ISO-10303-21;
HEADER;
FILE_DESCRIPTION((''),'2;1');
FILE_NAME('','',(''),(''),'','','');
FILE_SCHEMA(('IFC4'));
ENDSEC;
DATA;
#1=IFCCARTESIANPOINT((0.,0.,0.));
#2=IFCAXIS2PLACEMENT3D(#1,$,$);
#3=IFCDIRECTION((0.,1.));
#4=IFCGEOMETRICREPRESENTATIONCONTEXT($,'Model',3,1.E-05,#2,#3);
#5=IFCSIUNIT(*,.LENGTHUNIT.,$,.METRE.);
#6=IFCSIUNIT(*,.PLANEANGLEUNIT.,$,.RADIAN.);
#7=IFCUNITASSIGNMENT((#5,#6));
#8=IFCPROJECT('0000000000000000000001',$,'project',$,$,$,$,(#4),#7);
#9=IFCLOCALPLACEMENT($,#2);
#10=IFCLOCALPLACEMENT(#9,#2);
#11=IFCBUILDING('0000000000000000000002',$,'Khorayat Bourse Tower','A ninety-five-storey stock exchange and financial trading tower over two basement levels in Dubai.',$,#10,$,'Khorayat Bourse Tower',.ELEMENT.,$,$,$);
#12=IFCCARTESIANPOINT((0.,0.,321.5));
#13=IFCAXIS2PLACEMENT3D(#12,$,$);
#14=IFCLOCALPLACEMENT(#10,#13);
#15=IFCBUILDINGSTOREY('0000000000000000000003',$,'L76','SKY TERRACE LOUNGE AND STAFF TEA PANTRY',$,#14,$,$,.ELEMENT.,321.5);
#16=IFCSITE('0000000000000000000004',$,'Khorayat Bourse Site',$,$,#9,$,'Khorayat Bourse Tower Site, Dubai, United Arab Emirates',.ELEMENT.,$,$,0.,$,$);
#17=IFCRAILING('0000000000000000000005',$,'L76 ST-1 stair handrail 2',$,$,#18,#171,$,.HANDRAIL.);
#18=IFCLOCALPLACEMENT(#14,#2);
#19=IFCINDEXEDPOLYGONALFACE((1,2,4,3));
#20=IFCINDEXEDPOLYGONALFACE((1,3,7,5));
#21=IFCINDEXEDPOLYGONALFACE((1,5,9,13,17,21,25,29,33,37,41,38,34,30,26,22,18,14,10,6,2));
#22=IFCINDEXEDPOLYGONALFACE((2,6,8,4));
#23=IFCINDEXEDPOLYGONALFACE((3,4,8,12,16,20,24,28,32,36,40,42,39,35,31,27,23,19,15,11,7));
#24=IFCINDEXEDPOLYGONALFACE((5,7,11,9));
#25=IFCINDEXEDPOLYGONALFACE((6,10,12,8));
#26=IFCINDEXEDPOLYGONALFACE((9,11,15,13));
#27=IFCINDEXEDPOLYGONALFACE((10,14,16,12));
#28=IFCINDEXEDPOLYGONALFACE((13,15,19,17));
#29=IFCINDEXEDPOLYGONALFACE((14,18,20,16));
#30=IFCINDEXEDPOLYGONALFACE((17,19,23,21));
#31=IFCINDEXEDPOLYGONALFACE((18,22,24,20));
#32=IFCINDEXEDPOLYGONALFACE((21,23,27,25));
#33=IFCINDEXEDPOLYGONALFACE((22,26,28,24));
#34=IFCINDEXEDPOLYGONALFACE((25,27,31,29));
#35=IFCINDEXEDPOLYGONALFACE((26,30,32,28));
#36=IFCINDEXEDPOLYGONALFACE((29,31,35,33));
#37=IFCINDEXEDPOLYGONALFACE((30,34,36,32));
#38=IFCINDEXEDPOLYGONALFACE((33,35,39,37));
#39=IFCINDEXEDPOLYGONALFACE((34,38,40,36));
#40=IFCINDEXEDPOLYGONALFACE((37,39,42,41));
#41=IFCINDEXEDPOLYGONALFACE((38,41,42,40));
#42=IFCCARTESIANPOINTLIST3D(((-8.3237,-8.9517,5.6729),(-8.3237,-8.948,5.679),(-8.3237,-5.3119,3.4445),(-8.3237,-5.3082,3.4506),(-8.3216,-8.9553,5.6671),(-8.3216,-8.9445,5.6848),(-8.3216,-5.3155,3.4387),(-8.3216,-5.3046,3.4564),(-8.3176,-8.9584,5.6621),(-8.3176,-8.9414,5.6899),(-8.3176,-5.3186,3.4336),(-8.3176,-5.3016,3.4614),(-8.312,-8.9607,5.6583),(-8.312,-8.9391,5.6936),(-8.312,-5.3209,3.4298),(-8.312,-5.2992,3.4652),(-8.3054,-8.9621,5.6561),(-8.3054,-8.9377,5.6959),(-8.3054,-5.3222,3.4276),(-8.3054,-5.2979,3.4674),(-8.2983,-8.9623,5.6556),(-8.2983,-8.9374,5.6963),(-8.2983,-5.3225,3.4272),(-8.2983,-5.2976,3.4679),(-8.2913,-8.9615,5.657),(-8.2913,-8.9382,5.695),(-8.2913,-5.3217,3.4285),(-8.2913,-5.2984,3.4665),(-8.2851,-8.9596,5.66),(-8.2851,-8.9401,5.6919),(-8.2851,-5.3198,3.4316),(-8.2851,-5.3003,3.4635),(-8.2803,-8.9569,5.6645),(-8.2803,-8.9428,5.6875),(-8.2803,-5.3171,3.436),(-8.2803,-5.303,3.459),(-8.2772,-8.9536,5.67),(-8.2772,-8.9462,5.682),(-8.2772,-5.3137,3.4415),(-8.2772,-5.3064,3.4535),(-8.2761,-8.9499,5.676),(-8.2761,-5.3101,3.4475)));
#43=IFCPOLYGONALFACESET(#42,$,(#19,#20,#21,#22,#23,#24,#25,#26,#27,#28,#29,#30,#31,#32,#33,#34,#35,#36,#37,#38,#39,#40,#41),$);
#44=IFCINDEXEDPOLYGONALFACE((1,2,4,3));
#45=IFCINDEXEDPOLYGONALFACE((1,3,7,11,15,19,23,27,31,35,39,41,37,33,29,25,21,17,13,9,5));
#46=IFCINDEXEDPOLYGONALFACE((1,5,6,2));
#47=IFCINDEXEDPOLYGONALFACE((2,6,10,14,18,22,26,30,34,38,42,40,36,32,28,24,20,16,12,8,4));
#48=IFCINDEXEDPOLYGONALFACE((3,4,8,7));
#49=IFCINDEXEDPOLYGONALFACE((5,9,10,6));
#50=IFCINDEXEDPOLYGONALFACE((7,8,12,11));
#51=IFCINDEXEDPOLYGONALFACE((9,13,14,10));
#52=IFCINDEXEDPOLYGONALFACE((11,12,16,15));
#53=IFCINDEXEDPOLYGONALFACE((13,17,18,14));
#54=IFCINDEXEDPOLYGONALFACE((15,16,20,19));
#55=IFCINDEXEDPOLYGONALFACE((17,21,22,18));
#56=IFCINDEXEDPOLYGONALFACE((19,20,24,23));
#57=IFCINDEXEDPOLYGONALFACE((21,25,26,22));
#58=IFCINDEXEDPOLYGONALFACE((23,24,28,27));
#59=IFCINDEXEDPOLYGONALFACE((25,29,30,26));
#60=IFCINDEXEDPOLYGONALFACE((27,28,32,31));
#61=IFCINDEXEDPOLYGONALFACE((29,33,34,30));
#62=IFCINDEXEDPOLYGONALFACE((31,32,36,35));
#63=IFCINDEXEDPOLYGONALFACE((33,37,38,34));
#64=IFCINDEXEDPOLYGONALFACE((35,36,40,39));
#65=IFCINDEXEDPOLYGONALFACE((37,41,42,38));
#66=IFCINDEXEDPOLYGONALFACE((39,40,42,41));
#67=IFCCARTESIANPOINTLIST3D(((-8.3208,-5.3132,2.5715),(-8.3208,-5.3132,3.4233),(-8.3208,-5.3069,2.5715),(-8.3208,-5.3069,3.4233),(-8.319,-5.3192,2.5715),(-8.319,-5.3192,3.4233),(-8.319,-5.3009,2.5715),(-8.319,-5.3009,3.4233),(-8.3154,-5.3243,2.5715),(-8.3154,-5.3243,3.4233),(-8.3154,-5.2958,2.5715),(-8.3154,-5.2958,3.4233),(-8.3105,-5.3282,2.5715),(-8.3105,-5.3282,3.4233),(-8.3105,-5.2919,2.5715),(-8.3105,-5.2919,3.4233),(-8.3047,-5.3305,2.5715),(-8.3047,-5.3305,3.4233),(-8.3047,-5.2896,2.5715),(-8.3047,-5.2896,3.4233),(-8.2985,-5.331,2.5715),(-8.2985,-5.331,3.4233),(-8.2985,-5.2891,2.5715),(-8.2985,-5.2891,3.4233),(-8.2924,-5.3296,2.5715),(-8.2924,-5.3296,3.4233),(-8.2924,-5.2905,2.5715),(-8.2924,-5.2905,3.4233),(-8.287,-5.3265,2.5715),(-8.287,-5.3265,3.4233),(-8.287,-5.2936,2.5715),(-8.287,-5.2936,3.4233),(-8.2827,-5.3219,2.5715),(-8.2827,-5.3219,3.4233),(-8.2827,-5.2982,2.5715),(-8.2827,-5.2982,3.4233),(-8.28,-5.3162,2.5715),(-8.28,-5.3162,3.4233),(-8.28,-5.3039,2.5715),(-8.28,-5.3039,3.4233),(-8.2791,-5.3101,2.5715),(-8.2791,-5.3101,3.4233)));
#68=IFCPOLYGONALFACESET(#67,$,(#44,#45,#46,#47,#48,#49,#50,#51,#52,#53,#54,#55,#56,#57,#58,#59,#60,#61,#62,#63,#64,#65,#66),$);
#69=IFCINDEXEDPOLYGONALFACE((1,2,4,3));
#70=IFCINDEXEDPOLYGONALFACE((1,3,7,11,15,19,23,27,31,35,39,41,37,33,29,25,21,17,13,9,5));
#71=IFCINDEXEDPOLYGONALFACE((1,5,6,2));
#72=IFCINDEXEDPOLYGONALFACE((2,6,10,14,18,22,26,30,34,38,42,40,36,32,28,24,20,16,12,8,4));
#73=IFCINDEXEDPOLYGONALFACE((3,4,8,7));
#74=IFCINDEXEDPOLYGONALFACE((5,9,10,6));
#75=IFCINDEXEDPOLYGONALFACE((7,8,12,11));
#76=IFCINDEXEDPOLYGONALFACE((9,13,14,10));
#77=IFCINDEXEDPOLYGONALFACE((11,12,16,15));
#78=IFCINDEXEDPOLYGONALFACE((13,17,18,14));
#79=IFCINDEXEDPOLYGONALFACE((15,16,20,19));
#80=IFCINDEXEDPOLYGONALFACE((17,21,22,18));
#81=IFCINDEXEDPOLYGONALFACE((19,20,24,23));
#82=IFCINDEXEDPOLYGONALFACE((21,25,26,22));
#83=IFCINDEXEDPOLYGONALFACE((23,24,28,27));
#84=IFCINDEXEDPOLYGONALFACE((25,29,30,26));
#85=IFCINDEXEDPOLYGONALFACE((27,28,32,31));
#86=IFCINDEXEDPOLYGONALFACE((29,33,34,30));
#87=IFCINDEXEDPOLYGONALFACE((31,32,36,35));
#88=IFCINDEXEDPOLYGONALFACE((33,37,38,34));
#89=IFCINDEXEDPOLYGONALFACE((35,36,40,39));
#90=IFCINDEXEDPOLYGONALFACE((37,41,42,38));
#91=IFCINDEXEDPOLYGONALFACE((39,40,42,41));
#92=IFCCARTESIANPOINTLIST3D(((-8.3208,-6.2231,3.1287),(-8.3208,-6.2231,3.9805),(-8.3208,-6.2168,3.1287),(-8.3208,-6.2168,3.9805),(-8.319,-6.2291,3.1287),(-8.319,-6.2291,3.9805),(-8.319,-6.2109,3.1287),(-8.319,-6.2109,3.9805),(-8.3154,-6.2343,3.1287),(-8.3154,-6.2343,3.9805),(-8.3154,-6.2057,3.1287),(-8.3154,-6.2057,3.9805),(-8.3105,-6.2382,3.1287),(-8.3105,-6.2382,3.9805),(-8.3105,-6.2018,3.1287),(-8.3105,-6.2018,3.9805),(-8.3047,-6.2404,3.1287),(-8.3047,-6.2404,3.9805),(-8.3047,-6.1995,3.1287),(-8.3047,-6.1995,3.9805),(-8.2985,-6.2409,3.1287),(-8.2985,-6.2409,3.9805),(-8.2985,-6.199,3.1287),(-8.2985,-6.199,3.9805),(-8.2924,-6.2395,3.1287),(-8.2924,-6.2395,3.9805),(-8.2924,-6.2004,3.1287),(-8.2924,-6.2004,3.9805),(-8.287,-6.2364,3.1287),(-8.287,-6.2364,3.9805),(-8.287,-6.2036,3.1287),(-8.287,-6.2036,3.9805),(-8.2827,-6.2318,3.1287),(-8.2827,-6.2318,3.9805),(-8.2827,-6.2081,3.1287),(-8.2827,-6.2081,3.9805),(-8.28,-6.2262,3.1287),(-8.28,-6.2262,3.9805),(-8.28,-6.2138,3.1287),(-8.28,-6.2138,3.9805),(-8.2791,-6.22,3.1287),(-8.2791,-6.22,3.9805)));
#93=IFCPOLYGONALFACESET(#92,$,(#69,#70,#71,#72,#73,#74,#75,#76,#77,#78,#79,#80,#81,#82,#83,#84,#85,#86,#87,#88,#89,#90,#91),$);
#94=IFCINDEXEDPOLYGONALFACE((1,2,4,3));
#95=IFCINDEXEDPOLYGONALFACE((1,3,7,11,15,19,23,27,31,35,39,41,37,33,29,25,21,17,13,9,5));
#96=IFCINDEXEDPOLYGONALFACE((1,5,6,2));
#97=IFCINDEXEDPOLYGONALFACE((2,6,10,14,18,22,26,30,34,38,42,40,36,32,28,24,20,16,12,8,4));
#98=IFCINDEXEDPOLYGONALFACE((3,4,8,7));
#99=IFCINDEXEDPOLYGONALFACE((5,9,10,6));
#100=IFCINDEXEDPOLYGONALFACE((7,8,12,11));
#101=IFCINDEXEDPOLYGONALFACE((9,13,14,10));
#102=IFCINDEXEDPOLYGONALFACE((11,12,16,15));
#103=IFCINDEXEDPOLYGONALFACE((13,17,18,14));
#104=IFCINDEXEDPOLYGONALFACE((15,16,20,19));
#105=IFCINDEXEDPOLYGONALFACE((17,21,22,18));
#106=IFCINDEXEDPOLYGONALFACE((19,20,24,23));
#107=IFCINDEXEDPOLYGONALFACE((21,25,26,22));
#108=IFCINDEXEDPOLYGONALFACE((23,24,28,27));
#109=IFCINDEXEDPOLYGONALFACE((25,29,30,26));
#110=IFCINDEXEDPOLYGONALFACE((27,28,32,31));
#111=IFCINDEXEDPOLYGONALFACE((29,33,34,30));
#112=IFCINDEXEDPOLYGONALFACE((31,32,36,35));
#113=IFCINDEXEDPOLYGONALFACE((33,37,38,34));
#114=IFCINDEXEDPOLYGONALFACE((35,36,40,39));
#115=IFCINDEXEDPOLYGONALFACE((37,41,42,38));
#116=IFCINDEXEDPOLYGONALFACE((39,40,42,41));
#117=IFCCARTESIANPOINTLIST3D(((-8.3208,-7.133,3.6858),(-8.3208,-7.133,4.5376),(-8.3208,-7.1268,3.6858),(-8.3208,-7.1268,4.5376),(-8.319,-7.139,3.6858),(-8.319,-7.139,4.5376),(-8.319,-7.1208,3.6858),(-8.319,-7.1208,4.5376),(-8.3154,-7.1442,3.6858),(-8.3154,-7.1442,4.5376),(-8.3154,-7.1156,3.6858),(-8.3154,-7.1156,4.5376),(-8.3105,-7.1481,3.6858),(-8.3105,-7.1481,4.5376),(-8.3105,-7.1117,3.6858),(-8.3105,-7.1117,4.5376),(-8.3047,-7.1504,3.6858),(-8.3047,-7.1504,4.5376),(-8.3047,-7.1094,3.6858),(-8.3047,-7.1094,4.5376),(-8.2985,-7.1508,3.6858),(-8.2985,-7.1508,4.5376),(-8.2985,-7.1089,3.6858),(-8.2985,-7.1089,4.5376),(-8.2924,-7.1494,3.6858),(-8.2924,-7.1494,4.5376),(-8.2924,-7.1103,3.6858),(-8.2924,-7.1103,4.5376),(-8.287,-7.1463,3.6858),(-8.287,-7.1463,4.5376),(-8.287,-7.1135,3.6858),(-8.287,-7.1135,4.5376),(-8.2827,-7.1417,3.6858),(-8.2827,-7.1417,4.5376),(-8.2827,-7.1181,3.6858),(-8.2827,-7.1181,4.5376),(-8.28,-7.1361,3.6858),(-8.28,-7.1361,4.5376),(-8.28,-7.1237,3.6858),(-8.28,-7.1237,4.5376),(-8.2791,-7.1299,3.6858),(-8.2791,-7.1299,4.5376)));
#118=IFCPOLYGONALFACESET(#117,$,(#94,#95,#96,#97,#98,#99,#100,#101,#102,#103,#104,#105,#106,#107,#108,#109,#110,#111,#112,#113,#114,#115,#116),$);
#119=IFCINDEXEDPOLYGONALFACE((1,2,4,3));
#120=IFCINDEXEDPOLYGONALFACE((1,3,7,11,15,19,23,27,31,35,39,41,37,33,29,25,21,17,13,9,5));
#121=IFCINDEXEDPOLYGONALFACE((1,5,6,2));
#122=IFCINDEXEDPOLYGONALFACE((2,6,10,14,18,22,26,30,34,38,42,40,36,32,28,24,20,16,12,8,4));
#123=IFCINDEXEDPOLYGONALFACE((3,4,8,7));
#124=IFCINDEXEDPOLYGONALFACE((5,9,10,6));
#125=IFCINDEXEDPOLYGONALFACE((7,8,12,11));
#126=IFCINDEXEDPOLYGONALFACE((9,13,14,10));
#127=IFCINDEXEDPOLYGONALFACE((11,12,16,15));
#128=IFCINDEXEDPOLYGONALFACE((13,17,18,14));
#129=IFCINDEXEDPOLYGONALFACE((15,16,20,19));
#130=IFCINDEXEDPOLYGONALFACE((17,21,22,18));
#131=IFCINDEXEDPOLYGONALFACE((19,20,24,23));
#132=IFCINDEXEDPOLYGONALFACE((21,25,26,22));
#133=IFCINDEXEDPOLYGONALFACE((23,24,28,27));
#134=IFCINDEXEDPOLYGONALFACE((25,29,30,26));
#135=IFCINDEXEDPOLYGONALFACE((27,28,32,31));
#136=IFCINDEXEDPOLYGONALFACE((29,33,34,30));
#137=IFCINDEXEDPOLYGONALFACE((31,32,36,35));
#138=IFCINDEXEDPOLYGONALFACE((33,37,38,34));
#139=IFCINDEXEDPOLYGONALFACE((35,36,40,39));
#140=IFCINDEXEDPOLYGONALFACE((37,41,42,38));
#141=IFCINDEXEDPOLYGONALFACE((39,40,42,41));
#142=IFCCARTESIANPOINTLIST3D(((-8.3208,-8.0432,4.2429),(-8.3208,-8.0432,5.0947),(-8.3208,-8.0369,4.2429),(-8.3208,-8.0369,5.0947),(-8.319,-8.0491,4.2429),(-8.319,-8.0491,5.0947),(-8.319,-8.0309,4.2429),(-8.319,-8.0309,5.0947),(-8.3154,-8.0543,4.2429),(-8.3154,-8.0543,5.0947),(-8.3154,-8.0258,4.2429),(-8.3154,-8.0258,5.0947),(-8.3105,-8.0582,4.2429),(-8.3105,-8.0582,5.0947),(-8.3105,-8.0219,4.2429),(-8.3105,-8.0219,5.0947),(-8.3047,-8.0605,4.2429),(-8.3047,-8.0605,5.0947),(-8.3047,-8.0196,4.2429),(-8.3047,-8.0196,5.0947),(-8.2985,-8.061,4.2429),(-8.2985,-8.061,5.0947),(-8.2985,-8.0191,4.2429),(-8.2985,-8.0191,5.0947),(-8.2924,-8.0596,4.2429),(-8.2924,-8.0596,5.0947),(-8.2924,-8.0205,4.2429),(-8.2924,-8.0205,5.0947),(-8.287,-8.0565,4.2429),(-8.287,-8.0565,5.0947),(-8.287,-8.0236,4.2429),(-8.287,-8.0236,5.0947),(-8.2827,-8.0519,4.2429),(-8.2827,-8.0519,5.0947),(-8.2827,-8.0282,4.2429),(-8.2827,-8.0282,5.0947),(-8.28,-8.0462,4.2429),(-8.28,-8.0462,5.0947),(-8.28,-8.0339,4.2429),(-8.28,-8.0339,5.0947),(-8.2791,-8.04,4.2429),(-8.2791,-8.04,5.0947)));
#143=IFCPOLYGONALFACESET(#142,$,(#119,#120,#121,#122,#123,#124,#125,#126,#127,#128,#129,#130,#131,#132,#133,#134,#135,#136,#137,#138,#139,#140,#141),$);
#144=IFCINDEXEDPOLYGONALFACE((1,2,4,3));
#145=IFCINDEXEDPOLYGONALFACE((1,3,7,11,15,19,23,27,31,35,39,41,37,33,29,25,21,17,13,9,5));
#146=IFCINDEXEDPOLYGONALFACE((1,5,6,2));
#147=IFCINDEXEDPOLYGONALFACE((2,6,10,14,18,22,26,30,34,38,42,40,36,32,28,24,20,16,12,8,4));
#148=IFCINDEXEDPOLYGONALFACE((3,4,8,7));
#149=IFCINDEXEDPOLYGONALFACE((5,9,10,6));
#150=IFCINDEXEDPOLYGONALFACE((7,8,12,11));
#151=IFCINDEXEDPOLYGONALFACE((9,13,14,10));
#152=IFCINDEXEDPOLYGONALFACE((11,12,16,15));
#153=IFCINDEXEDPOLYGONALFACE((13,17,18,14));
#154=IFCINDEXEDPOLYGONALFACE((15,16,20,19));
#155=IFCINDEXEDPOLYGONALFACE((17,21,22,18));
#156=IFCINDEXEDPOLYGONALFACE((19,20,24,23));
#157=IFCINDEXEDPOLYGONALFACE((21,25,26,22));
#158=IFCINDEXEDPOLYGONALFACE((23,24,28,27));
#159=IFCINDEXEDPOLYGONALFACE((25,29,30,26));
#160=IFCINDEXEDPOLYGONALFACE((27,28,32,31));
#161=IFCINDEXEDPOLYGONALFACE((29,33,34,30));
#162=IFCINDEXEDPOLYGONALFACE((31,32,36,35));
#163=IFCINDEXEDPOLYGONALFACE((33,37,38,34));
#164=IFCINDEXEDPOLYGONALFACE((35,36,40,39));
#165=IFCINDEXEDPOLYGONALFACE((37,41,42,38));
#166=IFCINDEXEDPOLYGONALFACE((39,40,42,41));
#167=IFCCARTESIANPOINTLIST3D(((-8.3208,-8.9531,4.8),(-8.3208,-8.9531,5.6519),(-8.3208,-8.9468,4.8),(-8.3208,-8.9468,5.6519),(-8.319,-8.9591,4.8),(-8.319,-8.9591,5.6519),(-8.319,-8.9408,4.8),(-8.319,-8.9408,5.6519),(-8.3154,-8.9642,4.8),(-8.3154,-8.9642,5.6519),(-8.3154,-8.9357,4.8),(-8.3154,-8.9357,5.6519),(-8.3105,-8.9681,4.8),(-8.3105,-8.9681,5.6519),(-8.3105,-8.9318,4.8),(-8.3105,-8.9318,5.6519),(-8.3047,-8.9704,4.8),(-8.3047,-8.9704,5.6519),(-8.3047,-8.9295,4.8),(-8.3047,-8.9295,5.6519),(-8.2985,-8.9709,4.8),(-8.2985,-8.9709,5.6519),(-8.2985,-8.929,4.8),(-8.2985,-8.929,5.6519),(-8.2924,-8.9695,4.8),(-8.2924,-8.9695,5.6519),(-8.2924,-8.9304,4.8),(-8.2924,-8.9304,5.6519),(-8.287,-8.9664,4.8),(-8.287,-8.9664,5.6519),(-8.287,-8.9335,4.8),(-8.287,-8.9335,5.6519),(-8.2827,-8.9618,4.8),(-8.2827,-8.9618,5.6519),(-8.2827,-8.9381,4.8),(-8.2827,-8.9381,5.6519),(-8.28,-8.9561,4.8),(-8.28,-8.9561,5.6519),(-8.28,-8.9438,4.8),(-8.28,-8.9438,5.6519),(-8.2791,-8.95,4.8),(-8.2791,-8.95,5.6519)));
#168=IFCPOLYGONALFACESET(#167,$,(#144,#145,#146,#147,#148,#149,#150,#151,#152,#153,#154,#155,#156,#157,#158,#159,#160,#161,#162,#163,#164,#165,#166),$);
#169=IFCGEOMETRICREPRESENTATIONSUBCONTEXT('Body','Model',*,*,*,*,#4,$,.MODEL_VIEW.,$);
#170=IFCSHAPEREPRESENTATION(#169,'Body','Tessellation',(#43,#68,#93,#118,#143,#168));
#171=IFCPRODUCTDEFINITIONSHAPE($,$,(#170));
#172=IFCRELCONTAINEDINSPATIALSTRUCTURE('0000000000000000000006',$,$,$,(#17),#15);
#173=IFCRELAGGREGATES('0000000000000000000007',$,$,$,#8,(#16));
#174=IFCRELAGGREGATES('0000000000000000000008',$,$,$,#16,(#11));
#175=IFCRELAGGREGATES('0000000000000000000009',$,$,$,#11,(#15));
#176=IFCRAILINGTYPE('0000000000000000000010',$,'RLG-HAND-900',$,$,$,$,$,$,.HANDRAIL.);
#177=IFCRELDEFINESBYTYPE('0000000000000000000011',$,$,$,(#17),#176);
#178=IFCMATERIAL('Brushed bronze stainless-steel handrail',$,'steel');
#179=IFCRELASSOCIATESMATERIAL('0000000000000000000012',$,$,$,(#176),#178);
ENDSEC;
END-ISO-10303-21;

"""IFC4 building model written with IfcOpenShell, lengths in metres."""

from ifc_helpers import new_model, si_unit, direction, frame, origin, origin_2d, place, context, subcontext, project, spatial, circle, extrude, source, transform, mapped, material, type_object, element, save


model = new_model("IFC4")

# Units and contexts
model_context = context("Model", 3, precision=1e-05, world=origin(), true_north=direction((0.0, 1.0)))
body_context = subcontext(model_context, "Body", "Model", "MODEL_VIEW")
ifc_project = project(units=[si_unit("LENGTHUNIT", "METRE"), si_unit("PLANEANGLEUNIT", "RADIAN")], contexts=[model_context])

# Site, building, storey
site_placement = place(None, origin())
site = spatial("IfcSite", under=ifc_project, at=site_placement, Name="Khorayat Bourse Site", LongName="Khorayat Bourse Tower Site, Dubai, United Arab Emirates", CompositionType="ELEMENT", RefElevation=0.0)
building_placement = place(site_placement, origin())
building = spatial("IfcBuilding", under=site, at=building_placement, Name="Khorayat Bourse Tower", Description="A ninety-five-storey stock exchange and financial trading tower over two basement levels in Dubai.", LongName="Khorayat Bourse Tower", CompositionType="ELEMENT")
storey_placement = place(building_placement, frame((0.0, 0.0, 321.5)))
storey = spatial("IfcBuildingStorey", under=building, at=storey_placement, Name="L76", Description="SKY TERRACE LOUNGE AND STAFF TEA PANTRY", CompositionType="ELEMENT", Elevation=321.5)

# Railing
ifc_material_1 = material(Name="Brushed bronze stainless-steel handrail", Category="steel")
railing_type_1 = type_object("IfcRailingType", Name="RLG-HAND-900", PredefinedType="HANDRAIL", material=ifc_material_1)
shared_shape_1 = source(origin(), body_context, "Body", "SweptSolid", [
    extrude(circle(Radius=0.0239, at=origin_2d()), frame((0.0, 0.0, 0.876), z_axis=(0.0, -0.85285, 0.522156), x_axis=(1.0, 0.0, 0.0)), (0.0, 0.0, 1.0), 4.2678),
    extrude(circle(Radius=0.021, at=origin_2d()), origin(), (0.0, 0.0, 1.0), 0.8518),
    extrude(circle(Radius=0.021, at=origin_2d()), frame((0.0, -0.9099, 0.5571)), (0.0, 0.0, 1.0), 0.8518),
    extrude(circle(Radius=0.021, at=origin_2d()), frame((0.0, -1.8198, 1.1143)), (0.0, 0.0, 1.0), 0.8518),
    extrude(circle(Radius=0.021, at=origin_2d()), frame((0.0, -2.73, 1.6714)), (0.0, 0.0, 1.0), 0.8518),
    extrude(circle(Radius=0.021, at=origin_2d()), frame((0.0, -3.6399, 2.2285)), (0.0, 0.0, 1.0), 0.8518),
])
railing_1_placement = place(storey_placement, frame((-8.3, -5.3101, 2.5715)))
element("IfcRailing", 1, at=railing_1_placement, inside=storey, type_object=railing_type_1, Name="L76 ST-1 stair handrail 2", PredefinedType="HANDRAIL", context=body_context, shape_type="MappedRepresentation", body=[
    mapped(shared_shape_1, transform((0.0, 0.0, 0.0), scale=1.0)),
])

save(model, "model.ifc")
